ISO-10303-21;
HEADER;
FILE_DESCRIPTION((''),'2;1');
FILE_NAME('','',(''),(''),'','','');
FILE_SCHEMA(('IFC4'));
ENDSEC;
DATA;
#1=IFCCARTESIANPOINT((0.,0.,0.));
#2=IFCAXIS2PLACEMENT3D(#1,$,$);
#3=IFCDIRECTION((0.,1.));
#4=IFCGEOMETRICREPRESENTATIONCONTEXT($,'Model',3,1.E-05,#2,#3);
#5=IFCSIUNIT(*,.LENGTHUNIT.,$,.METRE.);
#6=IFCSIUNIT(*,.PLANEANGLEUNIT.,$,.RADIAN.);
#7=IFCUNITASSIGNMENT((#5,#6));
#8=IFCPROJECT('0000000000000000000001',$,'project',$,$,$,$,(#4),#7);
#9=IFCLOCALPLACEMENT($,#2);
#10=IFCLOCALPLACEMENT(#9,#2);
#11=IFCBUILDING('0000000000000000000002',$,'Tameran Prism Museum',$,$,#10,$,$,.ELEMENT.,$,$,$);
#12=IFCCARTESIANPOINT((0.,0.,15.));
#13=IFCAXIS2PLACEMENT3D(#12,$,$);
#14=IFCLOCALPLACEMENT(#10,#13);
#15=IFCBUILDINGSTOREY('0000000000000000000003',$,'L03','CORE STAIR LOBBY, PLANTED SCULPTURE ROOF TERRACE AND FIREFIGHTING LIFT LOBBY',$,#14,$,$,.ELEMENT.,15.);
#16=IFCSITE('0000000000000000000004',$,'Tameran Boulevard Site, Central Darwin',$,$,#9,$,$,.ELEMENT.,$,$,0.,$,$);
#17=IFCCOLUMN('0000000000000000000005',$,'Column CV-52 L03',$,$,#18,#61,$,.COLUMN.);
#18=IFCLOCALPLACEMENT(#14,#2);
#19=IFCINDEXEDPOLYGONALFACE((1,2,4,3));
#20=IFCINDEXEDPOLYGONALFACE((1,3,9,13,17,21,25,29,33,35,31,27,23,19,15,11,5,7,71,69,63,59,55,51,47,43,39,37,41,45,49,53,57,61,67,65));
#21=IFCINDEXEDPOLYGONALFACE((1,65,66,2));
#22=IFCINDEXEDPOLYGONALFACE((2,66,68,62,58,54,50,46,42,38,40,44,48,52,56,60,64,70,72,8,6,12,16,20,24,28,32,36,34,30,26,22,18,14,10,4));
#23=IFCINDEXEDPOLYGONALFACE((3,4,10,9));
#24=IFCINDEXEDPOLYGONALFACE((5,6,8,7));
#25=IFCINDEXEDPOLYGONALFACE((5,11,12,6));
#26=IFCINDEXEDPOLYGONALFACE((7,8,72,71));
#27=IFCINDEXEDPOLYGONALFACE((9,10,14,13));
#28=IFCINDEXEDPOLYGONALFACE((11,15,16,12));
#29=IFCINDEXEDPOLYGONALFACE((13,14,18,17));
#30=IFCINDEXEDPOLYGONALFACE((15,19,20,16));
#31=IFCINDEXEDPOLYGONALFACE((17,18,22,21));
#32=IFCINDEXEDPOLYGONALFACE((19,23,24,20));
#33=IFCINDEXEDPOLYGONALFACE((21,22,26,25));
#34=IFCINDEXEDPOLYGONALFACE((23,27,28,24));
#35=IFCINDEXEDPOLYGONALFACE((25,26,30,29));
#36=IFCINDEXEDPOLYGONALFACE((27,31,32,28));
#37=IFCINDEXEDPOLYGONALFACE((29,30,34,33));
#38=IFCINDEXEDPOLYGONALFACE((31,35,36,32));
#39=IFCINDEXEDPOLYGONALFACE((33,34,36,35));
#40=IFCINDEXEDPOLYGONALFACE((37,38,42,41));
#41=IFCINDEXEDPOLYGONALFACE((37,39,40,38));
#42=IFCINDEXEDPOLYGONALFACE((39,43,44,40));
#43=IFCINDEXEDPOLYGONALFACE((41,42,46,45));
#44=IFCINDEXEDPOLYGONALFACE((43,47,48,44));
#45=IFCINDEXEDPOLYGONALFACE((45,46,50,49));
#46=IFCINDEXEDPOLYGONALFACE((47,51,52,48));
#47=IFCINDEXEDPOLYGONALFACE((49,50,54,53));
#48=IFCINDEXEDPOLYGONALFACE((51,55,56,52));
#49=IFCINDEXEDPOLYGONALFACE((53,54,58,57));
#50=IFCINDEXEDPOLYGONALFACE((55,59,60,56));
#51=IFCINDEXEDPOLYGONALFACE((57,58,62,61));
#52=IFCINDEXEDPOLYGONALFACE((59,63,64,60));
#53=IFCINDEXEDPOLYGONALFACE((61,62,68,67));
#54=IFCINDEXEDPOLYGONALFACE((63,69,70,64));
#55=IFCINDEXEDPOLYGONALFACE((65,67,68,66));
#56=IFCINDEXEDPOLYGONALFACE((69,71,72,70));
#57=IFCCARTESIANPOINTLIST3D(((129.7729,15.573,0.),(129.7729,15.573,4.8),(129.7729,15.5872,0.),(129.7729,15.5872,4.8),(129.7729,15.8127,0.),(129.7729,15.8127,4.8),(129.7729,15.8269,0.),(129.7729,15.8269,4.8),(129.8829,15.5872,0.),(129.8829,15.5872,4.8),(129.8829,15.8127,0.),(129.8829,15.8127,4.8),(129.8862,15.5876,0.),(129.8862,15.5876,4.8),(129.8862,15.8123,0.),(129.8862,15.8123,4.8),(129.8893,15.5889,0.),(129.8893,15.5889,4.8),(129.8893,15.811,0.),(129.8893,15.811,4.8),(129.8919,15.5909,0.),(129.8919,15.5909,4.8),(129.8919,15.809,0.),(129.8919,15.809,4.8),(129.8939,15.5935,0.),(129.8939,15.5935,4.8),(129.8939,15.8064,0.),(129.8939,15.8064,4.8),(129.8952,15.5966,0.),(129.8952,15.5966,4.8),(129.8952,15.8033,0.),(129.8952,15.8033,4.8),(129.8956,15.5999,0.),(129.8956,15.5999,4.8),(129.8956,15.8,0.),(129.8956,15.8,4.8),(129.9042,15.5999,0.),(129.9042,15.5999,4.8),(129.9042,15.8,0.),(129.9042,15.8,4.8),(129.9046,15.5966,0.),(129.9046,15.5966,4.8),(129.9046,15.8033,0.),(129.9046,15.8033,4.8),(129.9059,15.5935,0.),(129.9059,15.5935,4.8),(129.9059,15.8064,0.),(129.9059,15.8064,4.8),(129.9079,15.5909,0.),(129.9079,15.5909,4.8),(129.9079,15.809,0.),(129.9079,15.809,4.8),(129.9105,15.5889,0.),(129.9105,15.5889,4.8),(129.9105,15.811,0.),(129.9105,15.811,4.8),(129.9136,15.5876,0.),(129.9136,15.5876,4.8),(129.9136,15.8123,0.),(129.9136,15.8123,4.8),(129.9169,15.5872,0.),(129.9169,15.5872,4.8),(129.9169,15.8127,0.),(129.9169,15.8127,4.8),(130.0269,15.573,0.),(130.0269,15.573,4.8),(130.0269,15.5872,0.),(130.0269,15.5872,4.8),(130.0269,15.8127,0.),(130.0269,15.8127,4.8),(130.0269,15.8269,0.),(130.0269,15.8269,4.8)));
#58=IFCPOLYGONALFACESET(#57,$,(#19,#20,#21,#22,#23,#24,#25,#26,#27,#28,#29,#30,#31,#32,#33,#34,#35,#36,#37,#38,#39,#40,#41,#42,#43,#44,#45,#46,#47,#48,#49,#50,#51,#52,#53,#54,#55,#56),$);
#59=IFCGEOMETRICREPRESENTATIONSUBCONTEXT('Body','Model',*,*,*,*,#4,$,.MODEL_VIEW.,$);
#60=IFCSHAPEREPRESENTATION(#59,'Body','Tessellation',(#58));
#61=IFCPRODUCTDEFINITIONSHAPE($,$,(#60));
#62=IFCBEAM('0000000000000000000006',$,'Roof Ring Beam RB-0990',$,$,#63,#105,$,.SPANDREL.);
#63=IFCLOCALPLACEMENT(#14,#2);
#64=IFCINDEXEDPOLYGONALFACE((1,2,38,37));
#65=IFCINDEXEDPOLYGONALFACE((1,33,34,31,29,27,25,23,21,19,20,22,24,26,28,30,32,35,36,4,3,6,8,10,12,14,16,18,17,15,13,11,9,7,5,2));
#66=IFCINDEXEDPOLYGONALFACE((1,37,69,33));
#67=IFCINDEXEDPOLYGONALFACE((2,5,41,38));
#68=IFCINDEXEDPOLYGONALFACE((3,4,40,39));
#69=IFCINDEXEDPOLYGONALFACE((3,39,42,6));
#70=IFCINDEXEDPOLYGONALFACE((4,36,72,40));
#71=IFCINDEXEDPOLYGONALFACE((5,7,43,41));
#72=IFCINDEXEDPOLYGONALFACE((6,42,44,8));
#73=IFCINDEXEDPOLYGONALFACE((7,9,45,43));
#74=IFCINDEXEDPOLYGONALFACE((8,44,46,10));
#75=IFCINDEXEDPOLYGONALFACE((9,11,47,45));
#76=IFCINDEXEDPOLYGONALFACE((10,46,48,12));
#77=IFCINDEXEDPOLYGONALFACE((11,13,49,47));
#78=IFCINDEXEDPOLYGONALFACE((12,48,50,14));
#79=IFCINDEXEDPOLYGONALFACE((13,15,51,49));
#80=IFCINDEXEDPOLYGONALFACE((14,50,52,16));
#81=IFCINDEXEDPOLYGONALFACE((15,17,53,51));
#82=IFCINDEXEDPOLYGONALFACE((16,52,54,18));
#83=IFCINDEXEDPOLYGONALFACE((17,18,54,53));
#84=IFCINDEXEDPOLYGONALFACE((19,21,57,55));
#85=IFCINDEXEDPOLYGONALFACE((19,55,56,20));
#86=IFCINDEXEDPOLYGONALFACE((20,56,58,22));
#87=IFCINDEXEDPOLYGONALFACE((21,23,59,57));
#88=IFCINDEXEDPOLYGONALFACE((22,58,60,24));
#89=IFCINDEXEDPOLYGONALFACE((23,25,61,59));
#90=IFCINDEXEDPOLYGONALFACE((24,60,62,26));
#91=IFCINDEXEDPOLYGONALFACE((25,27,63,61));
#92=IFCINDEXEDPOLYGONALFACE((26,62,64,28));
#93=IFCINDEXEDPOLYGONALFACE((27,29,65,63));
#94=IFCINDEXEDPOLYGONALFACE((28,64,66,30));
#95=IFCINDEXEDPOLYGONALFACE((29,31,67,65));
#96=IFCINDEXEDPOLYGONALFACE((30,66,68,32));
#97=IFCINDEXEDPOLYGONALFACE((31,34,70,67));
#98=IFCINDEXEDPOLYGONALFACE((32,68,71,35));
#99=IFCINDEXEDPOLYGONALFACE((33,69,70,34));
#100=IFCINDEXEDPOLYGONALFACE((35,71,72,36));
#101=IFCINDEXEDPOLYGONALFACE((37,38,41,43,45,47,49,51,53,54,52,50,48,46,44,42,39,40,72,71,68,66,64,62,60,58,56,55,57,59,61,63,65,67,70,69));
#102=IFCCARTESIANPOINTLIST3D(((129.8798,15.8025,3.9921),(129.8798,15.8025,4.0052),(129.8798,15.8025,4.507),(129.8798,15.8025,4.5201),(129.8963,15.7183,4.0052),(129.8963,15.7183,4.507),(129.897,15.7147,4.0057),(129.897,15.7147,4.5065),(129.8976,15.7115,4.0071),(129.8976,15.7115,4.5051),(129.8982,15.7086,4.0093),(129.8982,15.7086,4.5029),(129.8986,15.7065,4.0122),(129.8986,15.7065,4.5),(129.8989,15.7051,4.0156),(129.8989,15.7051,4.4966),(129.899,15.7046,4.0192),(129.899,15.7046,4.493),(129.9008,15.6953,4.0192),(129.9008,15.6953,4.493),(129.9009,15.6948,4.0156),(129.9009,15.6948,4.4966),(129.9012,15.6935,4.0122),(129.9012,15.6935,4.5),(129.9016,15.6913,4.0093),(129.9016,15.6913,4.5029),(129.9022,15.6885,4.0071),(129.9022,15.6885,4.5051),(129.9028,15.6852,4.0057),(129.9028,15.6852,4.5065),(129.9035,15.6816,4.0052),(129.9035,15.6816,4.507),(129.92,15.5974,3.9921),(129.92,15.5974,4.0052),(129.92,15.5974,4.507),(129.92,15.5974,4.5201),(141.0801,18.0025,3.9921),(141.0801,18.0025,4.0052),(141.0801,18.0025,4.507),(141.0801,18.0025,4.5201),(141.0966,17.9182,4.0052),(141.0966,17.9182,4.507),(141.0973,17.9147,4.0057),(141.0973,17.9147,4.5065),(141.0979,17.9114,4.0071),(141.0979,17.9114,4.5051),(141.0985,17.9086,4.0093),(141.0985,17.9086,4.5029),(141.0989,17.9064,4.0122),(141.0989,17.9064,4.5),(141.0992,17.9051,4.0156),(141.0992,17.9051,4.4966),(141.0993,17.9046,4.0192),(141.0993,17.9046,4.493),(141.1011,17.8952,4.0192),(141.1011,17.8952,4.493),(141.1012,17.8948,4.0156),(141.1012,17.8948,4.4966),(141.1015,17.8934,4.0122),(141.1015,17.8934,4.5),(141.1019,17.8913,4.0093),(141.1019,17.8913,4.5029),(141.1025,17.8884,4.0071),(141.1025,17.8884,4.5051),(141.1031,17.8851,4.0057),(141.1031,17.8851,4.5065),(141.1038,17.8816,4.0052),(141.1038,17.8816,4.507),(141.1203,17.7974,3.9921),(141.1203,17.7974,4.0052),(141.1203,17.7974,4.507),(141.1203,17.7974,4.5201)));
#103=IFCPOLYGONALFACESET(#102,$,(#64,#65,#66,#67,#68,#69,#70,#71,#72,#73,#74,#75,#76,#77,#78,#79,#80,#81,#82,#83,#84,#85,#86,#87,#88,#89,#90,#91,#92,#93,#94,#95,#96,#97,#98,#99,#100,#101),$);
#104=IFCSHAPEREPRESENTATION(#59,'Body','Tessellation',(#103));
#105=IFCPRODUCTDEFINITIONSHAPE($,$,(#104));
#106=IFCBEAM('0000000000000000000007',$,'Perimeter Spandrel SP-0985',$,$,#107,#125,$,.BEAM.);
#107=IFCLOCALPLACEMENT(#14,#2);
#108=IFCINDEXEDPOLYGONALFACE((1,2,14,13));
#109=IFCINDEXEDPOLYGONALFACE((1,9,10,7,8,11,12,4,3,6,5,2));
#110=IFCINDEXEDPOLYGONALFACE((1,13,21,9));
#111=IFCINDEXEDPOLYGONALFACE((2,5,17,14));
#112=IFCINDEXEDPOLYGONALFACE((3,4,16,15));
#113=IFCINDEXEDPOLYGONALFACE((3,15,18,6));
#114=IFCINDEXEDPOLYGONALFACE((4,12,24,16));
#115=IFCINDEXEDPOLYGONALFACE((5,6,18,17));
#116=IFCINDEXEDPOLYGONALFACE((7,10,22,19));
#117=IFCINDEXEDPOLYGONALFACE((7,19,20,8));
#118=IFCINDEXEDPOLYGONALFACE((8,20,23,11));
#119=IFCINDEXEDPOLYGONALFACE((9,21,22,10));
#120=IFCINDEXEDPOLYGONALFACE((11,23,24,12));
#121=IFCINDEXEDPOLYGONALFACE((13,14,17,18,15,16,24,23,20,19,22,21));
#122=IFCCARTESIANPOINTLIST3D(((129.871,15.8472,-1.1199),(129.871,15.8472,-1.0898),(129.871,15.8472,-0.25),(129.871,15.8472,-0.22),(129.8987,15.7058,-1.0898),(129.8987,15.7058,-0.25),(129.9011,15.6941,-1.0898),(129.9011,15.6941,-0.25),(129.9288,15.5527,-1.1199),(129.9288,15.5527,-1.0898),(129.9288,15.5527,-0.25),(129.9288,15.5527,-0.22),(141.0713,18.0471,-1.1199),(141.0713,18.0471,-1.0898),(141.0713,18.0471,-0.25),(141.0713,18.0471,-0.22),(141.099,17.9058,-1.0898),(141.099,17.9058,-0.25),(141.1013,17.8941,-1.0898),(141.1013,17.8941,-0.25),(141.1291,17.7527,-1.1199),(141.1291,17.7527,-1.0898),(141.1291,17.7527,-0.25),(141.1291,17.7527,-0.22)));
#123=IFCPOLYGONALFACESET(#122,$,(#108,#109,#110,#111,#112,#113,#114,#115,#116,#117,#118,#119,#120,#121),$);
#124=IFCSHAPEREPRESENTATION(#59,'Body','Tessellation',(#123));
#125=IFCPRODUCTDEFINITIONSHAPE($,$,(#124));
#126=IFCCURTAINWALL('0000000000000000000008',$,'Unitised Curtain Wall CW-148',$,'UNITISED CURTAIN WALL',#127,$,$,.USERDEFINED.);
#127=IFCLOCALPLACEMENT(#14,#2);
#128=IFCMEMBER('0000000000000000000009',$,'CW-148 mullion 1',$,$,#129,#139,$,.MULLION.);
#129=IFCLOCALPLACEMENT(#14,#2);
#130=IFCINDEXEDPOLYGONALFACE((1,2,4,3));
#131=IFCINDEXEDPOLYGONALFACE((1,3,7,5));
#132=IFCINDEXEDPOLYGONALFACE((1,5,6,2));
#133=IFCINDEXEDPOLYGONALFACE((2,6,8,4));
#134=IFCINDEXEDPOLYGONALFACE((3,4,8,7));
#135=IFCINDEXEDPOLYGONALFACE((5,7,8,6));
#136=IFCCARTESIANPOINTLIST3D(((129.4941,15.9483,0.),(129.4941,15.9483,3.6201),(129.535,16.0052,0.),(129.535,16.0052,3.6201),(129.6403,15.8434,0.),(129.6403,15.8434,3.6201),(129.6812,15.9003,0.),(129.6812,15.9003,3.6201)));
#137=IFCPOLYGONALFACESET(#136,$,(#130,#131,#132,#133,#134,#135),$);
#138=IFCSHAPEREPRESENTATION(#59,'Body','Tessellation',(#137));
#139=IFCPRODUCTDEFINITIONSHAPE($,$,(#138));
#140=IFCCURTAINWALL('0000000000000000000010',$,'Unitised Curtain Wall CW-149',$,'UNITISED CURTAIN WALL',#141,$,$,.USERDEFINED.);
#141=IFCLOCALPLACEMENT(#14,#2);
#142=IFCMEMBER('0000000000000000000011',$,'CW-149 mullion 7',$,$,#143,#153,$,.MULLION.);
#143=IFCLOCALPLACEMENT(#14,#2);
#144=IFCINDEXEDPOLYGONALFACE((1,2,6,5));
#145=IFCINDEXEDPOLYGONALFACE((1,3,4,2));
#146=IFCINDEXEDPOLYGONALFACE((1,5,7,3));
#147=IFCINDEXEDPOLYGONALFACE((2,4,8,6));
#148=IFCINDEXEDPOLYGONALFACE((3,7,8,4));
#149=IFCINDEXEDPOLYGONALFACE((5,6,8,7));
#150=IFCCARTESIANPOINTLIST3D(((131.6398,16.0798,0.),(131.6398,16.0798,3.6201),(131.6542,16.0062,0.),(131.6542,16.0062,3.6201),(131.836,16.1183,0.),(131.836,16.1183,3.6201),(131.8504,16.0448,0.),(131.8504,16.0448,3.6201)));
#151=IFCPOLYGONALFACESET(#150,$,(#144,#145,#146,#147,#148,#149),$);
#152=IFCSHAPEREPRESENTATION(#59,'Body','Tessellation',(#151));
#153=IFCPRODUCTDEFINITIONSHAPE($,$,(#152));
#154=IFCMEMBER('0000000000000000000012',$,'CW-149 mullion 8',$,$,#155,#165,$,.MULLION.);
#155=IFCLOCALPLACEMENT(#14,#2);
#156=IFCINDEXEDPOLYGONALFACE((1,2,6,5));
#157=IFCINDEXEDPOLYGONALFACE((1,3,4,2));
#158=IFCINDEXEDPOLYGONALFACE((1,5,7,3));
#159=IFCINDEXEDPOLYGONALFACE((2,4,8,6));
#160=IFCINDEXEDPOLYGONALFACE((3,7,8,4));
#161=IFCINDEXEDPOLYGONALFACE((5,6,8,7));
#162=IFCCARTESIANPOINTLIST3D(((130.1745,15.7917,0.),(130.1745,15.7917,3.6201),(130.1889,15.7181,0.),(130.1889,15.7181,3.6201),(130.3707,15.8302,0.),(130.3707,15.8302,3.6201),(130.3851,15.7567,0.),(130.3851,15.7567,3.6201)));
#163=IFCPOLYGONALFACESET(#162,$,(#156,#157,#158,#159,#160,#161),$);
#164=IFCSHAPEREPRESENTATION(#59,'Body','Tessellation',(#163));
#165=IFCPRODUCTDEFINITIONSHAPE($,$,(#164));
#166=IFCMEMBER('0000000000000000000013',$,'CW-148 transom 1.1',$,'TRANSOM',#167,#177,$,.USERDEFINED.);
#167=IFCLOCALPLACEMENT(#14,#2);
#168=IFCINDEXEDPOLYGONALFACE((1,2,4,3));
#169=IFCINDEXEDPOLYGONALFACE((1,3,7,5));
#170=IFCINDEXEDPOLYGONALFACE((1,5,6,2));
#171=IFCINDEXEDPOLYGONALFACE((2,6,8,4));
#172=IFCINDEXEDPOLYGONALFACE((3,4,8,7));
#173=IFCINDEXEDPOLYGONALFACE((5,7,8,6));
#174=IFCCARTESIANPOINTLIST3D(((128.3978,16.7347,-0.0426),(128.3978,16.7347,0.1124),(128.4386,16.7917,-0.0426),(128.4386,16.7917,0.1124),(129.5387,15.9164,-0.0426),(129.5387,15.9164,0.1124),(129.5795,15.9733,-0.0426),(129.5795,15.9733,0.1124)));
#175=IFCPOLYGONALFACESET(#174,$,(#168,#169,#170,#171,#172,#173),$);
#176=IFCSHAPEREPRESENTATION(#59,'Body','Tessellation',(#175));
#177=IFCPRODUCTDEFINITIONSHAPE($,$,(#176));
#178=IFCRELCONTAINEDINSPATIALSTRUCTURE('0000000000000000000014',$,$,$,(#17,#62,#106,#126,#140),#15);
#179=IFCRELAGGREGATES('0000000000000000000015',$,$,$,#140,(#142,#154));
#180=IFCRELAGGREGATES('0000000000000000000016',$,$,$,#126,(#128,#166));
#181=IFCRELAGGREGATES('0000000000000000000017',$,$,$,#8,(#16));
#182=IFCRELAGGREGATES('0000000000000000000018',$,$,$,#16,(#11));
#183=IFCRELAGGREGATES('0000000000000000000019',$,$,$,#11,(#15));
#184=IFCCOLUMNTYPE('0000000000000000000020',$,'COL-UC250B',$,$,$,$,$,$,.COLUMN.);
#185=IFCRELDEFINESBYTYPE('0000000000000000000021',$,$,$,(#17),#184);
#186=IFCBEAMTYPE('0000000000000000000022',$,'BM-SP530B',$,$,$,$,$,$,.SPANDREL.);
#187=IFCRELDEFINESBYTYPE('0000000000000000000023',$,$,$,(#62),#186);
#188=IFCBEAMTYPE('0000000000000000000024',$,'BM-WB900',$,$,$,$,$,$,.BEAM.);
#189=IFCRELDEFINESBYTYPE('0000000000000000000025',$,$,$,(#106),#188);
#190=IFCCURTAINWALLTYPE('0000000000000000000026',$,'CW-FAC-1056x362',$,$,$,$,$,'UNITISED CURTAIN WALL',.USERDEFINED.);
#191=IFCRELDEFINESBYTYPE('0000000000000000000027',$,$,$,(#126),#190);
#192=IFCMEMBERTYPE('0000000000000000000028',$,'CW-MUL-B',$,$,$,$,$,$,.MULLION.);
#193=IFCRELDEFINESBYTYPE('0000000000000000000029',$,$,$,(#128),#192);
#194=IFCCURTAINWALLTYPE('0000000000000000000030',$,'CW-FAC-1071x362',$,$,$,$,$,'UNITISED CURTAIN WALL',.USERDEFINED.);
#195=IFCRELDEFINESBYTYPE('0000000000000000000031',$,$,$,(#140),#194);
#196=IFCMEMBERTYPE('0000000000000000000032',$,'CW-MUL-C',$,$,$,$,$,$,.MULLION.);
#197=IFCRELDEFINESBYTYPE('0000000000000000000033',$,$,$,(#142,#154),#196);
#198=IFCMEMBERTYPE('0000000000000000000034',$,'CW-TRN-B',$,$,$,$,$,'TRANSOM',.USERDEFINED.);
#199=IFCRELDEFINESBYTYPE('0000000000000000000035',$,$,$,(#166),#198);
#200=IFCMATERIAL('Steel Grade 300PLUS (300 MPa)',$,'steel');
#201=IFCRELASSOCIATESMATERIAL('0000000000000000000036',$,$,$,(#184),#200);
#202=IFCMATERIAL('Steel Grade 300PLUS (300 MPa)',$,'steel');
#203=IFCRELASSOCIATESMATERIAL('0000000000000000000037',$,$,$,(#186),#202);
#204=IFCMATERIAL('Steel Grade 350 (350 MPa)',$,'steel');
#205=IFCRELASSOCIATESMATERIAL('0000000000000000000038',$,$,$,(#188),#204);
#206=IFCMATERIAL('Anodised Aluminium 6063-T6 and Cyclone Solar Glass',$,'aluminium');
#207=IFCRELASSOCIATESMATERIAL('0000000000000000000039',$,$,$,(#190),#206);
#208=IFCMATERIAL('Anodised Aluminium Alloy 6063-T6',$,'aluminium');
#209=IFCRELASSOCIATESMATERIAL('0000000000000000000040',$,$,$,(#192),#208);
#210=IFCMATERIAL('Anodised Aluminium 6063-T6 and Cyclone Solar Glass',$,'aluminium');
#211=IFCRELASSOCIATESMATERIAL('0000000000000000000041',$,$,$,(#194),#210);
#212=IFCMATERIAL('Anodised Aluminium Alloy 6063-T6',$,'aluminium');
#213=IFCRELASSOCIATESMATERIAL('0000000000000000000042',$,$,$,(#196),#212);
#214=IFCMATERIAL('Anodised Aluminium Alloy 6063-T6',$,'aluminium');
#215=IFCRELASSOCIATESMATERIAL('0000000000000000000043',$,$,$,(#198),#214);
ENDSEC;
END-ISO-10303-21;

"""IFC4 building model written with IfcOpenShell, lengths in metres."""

from ifc_helpers import new_model, si_unit, direction, frame, origin, origin_2d, place, context, subcontext, project, spatial, rectangle, i_section, extrude, material, material_profile, profile_set, type_object, element, aggregate, save


model = new_model("IFC4")

# Units and contexts
model_context = context("Model", 3, precision=1e-05, world=origin(), true_north=direction((0.0, 1.0)))
body_context = subcontext(model_context, "Body", "Model", "MODEL_VIEW")
ifc_project = project(units=[si_unit("LENGTHUNIT", "METRE"), si_unit("PLANEANGLEUNIT", "RADIAN")], contexts=[model_context])

# Site, building, storey
site_placement = place(None, origin())
site = spatial("IfcSite", under=ifc_project, at=site_placement, Name="Tameran Boulevard Site, Central Darwin", CompositionType="ELEMENT", RefElevation=0.0)
building_placement = place(site_placement, origin())
building = spatial("IfcBuilding", under=site, at=building_placement, Name="Tameran Prism Museum", CompositionType="ELEMENT")
storey_placement = place(building_placement, frame((0.0, 0.0, 15.0)))
storey = spatial("IfcBuildingStorey", under=building, at=storey_placement, Name="L03", Description="CORE STAIR LOBBY, PLANTED SCULPTURE ROOF TERRACE AND FIREFIGHTING LIFT LOBBY", CompositionType="ELEMENT", Elevation=15.0)

# Column
ifc_material_1 = material(Name="Steel Grade 300PLUS (300 MPa)", Category="steel")
ifc_material_profile_1 = material_profile(ifc_material_1, i_section(OverallWidth=0.2539, OverallDepth=0.2539, WebThickness=0.0085, FlangeThickness=0.0142, FilletRadius=0.0127, at=origin_2d()))
ifc_profile_set_1 = profile_set([ifc_material_profile_1])
column_type = type_object("IfcColumnType", Name="COL-UC250B", PredefinedType="COLUMN", material=ifc_profile_set_1)
column_placement = place(storey_placement, frame((129.8999, 15.7, 0.0), z_axis=(0.0, 0.0, 1.0), x_axis=(1.0, 0.0, 0.0)))
element("IfcColumn", 1, at=column_placement, inside=storey, type_object=column_type, Name="Column CV-52 L03", PredefinedType="COLUMN", context=body_context, shape_type="SweptSolid", body=[
    extrude(i_section(OverallWidth=0.2539, OverallDepth=0.2539, WebThickness=0.0085, FlangeThickness=0.0142, FilletRadius=0.0127, at=origin_2d()), origin(), (0.0, 0.0, 1.0), 4.8),
])

# Beams
ifc_material_2 = material(Name="Steel Grade 300PLUS (300 MPa)", Category="steel")
ifc_material_profile_2 = material_profile(ifc_material_2, i_section(OverallWidth=0.209, OverallDepth=0.5281, WebThickness=0.0095, FlangeThickness=0.0132, FilletRadius=0.0139, at=origin_2d()))
ifc_profile_set_2 = profile_set([ifc_material_profile_2])
beam_type_1 = type_object("IfcBeamType", Name="BM-SP530B", PredefinedType="SPANDREL", material=ifc_profile_set_2)
beam_1_placement = place(storey_placement, frame((129.8999, 15.7, 4.2561), z_axis=(0.98125, 0.192738, 0.0), x_axis=(-0.192738, 0.98125, 0.0)))
element("IfcBeam", 2, at=beam_1_placement, inside=storey, type_object=beam_type_1, Name="Roof Ring Beam RB-0990", PredefinedType="SPANDREL", context=body_context, shape_type="SweptSolid", body=[
    extrude(i_section(OverallWidth=0.209, OverallDepth=0.5281, WebThickness=0.0095, FlangeThickness=0.0132, FilletRadius=0.0139, at=origin_2d()), origin(), (0.0, 0.0, 1.0), 11.4143),
])
ifc_material_3 = material(Name="Steel Grade 350 (350 MPa)", Category="steel")
ifc_material_profile_3 = material_profile(ifc_material_3, i_section(OverallWidth=0.3, OverallDepth=0.8999, WebThickness=0.012, FlangeThickness=0.03, at=origin_2d()))
ifc_profile_set_3 = profile_set([ifc_material_profile_3])
beam_type_2 = type_object("IfcBeamType", Name="BM-WB900", PredefinedType="BEAM", material=ifc_profile_set_3)
beam_2_placement = place(storey_placement, frame((129.8999, 15.7, -0.6699), z_axis=(0.98125, 0.192738, 0.0), x_axis=(-0.192738, 0.98125, 0.0)))
element("IfcBeam", 3, at=beam_2_placement, inside=storey, type_object=beam_type_2, Name="Perimeter Spandrel SP-0985", PredefinedType="BEAM", context=body_context, shape_type="SweptSolid", body=[
    extrude(i_section(OverallWidth=0.3, OverallDepth=0.8999, WebThickness=0.012, FlangeThickness=0.03, at=origin_2d()), origin(), (0.0, 0.0, 1.0), 11.4143),
])

# Curtain wall, member
ifc_material_4 = material(Name="Anodised Aluminium 6063-T6 and Cyclone Solar Glass", Category="aluminium")
curtain_wall_type_1 = type_object("IfcCurtainWallType", Name="CW-FAC-1056x362", ElementType="UNITISED CURTAIN WALL", PredefinedType="USERDEFINED", material=ifc_material_4)
curtain_wall_1_placement = place(storey_placement, origin())
curtain_wall_1 = element("IfcCurtainWall", 4, at=curtain_wall_1_placement, inside=storey, type_object=curtain_wall_type_1, Name="Unitised Curtain Wall CW-148", ObjectType="UNITISED CURTAIN WALL", PredefinedType="USERDEFINED")
ifc_material_5 = material(Name="Anodised Aluminium Alloy 6063-T6", Category="aluminium")
ifc_material_profile_4 = material_profile(ifc_material_5, rectangle(XDim=0.0701, YDim=0.1799, at=origin_2d()))
ifc_profile_set_4 = profile_set([ifc_material_profile_4])
member_type_1 = type_object("IfcMemberType", Name="CW-MUL-B", PredefinedType="MULLION", material=ifc_profile_set_4)
member_1_placement = place(storey_placement, frame((129.5876, 15.9243, 0.0), z_axis=(0.0, 0.0, 1.0), x_axis=(-0.582885, -0.812555, 0.0)))
member_1 = element("IfcMember", 5, at=member_1_placement, type_object=member_type_1, Name="CW-148 mullion 1", PredefinedType="MULLION", context=body_context, shape_type="SweptSolid", body=[
    extrude(rectangle(XDim=0.0701, YDim=0.1799, at=origin_2d()), origin(), (0.0, 0.0, 1.0), 3.6201),
])

# Curtain wall, members
ifc_material_6 = material(Name="Anodised Aluminium 6063-T6 and Cyclone Solar Glass", Category="aluminium")
curtain_wall_type_2 = type_object("IfcCurtainWallType", Name="CW-FAC-1071x362", ElementType="UNITISED CURTAIN WALL", PredefinedType="USERDEFINED", material=ifc_material_6)
curtain_wall_2_placement = place(storey_placement, origin())
curtain_wall_2 = element("IfcCurtainWall", 6, at=curtain_wall_2_placement, inside=storey, type_object=curtain_wall_type_2, Name="Unitised Curtain Wall CW-149", ObjectType="UNITISED CURTAIN WALL", PredefinedType="USERDEFINED")
ifc_material_7 = material(Name="Anodised Aluminium Alloy 6063-T6", Category="aluminium")
ifc_material_profile_5 = material_profile(ifc_material_7, rectangle(XDim=0.075, YDim=0.2, at=origin_2d()))
ifc_profile_set_5 = profile_set([ifc_material_profile_5])
member_type_2 = type_object("IfcMemberType", Name="CW-MUL-C", PredefinedType="MULLION", material=ifc_profile_set_5)
member_2_placement = place(storey_placement, frame((131.7451, 16.0623, 0.0), z_axis=(0.0, 0.0, 1.0), x_axis=(0.192813, -0.981236, 0.0)))
member_2 = element("IfcMember", 7, at=member_2_placement, type_object=member_type_2, Name="CW-149 mullion 7", PredefinedType="MULLION", context=body_context, shape_type="SweptSolid", body=[
    extrude(rectangle(XDim=0.075, YDim=0.2, at=origin_2d()), origin(), (0.0, 0.0, 1.0), 3.6201),
])
member_3_placement = place(storey_placement, frame((130.2798, 15.7742, 0.0), z_axis=(0.0, 0.0, 1.0), x_axis=(0.192813, -0.981236, 0.0)))
member_3 = element("IfcMember", 8, at=member_3_placement, type_object=member_type_2, Name="CW-149 mullion 8", PredefinedType="MULLION", context=body_context, shape_type="SweptSolid", body=[
    extrude(rectangle(XDim=0.075, YDim=0.2, at=origin_2d()), origin(), (0.0, 0.0, 1.0), 3.6201),
])

# Member
ifc_material_8 = material(Name="Anodised Aluminium Alloy 6063-T6", Category="aluminium")
ifc_material_profile_6 = material_profile(ifc_material_8, rectangle(XDim=0.0701, YDim=0.155, at=origin_2d()))
ifc_profile_set_6 = profile_set([ifc_material_profile_6])
member_type_3 = type_object("IfcMemberType", Name="CW-TRN-B", ElementType="TRANSOM", PredefinedType="USERDEFINED", material=ifc_profile_set_6)
member_4_placement = place(storey_placement, frame((129.5591, 15.9448, 0.0349), z_axis=(-0.812569, 0.582865, 0.0), x_axis=(-0.582865, -0.812569, 0.0)))
member_4 = element("IfcMember", 9, at=member_4_placement, type_object=member_type_3, Name="CW-148 transom 1.1", ObjectType="TRANSOM", PredefinedType="USERDEFINED", context=body_context, shape_type="SweptSolid", body=[
    extrude(rectangle(XDim=0.0701, YDim=0.155, at=origin_2d()), origin(), (0.0, 0.0, 1.0), 1.4041),
])

aggregate(curtain_wall_2, [member_2, member_3])
aggregate(curtain_wall_1, [member_1, member_4])

save(model, "model.ifc")
